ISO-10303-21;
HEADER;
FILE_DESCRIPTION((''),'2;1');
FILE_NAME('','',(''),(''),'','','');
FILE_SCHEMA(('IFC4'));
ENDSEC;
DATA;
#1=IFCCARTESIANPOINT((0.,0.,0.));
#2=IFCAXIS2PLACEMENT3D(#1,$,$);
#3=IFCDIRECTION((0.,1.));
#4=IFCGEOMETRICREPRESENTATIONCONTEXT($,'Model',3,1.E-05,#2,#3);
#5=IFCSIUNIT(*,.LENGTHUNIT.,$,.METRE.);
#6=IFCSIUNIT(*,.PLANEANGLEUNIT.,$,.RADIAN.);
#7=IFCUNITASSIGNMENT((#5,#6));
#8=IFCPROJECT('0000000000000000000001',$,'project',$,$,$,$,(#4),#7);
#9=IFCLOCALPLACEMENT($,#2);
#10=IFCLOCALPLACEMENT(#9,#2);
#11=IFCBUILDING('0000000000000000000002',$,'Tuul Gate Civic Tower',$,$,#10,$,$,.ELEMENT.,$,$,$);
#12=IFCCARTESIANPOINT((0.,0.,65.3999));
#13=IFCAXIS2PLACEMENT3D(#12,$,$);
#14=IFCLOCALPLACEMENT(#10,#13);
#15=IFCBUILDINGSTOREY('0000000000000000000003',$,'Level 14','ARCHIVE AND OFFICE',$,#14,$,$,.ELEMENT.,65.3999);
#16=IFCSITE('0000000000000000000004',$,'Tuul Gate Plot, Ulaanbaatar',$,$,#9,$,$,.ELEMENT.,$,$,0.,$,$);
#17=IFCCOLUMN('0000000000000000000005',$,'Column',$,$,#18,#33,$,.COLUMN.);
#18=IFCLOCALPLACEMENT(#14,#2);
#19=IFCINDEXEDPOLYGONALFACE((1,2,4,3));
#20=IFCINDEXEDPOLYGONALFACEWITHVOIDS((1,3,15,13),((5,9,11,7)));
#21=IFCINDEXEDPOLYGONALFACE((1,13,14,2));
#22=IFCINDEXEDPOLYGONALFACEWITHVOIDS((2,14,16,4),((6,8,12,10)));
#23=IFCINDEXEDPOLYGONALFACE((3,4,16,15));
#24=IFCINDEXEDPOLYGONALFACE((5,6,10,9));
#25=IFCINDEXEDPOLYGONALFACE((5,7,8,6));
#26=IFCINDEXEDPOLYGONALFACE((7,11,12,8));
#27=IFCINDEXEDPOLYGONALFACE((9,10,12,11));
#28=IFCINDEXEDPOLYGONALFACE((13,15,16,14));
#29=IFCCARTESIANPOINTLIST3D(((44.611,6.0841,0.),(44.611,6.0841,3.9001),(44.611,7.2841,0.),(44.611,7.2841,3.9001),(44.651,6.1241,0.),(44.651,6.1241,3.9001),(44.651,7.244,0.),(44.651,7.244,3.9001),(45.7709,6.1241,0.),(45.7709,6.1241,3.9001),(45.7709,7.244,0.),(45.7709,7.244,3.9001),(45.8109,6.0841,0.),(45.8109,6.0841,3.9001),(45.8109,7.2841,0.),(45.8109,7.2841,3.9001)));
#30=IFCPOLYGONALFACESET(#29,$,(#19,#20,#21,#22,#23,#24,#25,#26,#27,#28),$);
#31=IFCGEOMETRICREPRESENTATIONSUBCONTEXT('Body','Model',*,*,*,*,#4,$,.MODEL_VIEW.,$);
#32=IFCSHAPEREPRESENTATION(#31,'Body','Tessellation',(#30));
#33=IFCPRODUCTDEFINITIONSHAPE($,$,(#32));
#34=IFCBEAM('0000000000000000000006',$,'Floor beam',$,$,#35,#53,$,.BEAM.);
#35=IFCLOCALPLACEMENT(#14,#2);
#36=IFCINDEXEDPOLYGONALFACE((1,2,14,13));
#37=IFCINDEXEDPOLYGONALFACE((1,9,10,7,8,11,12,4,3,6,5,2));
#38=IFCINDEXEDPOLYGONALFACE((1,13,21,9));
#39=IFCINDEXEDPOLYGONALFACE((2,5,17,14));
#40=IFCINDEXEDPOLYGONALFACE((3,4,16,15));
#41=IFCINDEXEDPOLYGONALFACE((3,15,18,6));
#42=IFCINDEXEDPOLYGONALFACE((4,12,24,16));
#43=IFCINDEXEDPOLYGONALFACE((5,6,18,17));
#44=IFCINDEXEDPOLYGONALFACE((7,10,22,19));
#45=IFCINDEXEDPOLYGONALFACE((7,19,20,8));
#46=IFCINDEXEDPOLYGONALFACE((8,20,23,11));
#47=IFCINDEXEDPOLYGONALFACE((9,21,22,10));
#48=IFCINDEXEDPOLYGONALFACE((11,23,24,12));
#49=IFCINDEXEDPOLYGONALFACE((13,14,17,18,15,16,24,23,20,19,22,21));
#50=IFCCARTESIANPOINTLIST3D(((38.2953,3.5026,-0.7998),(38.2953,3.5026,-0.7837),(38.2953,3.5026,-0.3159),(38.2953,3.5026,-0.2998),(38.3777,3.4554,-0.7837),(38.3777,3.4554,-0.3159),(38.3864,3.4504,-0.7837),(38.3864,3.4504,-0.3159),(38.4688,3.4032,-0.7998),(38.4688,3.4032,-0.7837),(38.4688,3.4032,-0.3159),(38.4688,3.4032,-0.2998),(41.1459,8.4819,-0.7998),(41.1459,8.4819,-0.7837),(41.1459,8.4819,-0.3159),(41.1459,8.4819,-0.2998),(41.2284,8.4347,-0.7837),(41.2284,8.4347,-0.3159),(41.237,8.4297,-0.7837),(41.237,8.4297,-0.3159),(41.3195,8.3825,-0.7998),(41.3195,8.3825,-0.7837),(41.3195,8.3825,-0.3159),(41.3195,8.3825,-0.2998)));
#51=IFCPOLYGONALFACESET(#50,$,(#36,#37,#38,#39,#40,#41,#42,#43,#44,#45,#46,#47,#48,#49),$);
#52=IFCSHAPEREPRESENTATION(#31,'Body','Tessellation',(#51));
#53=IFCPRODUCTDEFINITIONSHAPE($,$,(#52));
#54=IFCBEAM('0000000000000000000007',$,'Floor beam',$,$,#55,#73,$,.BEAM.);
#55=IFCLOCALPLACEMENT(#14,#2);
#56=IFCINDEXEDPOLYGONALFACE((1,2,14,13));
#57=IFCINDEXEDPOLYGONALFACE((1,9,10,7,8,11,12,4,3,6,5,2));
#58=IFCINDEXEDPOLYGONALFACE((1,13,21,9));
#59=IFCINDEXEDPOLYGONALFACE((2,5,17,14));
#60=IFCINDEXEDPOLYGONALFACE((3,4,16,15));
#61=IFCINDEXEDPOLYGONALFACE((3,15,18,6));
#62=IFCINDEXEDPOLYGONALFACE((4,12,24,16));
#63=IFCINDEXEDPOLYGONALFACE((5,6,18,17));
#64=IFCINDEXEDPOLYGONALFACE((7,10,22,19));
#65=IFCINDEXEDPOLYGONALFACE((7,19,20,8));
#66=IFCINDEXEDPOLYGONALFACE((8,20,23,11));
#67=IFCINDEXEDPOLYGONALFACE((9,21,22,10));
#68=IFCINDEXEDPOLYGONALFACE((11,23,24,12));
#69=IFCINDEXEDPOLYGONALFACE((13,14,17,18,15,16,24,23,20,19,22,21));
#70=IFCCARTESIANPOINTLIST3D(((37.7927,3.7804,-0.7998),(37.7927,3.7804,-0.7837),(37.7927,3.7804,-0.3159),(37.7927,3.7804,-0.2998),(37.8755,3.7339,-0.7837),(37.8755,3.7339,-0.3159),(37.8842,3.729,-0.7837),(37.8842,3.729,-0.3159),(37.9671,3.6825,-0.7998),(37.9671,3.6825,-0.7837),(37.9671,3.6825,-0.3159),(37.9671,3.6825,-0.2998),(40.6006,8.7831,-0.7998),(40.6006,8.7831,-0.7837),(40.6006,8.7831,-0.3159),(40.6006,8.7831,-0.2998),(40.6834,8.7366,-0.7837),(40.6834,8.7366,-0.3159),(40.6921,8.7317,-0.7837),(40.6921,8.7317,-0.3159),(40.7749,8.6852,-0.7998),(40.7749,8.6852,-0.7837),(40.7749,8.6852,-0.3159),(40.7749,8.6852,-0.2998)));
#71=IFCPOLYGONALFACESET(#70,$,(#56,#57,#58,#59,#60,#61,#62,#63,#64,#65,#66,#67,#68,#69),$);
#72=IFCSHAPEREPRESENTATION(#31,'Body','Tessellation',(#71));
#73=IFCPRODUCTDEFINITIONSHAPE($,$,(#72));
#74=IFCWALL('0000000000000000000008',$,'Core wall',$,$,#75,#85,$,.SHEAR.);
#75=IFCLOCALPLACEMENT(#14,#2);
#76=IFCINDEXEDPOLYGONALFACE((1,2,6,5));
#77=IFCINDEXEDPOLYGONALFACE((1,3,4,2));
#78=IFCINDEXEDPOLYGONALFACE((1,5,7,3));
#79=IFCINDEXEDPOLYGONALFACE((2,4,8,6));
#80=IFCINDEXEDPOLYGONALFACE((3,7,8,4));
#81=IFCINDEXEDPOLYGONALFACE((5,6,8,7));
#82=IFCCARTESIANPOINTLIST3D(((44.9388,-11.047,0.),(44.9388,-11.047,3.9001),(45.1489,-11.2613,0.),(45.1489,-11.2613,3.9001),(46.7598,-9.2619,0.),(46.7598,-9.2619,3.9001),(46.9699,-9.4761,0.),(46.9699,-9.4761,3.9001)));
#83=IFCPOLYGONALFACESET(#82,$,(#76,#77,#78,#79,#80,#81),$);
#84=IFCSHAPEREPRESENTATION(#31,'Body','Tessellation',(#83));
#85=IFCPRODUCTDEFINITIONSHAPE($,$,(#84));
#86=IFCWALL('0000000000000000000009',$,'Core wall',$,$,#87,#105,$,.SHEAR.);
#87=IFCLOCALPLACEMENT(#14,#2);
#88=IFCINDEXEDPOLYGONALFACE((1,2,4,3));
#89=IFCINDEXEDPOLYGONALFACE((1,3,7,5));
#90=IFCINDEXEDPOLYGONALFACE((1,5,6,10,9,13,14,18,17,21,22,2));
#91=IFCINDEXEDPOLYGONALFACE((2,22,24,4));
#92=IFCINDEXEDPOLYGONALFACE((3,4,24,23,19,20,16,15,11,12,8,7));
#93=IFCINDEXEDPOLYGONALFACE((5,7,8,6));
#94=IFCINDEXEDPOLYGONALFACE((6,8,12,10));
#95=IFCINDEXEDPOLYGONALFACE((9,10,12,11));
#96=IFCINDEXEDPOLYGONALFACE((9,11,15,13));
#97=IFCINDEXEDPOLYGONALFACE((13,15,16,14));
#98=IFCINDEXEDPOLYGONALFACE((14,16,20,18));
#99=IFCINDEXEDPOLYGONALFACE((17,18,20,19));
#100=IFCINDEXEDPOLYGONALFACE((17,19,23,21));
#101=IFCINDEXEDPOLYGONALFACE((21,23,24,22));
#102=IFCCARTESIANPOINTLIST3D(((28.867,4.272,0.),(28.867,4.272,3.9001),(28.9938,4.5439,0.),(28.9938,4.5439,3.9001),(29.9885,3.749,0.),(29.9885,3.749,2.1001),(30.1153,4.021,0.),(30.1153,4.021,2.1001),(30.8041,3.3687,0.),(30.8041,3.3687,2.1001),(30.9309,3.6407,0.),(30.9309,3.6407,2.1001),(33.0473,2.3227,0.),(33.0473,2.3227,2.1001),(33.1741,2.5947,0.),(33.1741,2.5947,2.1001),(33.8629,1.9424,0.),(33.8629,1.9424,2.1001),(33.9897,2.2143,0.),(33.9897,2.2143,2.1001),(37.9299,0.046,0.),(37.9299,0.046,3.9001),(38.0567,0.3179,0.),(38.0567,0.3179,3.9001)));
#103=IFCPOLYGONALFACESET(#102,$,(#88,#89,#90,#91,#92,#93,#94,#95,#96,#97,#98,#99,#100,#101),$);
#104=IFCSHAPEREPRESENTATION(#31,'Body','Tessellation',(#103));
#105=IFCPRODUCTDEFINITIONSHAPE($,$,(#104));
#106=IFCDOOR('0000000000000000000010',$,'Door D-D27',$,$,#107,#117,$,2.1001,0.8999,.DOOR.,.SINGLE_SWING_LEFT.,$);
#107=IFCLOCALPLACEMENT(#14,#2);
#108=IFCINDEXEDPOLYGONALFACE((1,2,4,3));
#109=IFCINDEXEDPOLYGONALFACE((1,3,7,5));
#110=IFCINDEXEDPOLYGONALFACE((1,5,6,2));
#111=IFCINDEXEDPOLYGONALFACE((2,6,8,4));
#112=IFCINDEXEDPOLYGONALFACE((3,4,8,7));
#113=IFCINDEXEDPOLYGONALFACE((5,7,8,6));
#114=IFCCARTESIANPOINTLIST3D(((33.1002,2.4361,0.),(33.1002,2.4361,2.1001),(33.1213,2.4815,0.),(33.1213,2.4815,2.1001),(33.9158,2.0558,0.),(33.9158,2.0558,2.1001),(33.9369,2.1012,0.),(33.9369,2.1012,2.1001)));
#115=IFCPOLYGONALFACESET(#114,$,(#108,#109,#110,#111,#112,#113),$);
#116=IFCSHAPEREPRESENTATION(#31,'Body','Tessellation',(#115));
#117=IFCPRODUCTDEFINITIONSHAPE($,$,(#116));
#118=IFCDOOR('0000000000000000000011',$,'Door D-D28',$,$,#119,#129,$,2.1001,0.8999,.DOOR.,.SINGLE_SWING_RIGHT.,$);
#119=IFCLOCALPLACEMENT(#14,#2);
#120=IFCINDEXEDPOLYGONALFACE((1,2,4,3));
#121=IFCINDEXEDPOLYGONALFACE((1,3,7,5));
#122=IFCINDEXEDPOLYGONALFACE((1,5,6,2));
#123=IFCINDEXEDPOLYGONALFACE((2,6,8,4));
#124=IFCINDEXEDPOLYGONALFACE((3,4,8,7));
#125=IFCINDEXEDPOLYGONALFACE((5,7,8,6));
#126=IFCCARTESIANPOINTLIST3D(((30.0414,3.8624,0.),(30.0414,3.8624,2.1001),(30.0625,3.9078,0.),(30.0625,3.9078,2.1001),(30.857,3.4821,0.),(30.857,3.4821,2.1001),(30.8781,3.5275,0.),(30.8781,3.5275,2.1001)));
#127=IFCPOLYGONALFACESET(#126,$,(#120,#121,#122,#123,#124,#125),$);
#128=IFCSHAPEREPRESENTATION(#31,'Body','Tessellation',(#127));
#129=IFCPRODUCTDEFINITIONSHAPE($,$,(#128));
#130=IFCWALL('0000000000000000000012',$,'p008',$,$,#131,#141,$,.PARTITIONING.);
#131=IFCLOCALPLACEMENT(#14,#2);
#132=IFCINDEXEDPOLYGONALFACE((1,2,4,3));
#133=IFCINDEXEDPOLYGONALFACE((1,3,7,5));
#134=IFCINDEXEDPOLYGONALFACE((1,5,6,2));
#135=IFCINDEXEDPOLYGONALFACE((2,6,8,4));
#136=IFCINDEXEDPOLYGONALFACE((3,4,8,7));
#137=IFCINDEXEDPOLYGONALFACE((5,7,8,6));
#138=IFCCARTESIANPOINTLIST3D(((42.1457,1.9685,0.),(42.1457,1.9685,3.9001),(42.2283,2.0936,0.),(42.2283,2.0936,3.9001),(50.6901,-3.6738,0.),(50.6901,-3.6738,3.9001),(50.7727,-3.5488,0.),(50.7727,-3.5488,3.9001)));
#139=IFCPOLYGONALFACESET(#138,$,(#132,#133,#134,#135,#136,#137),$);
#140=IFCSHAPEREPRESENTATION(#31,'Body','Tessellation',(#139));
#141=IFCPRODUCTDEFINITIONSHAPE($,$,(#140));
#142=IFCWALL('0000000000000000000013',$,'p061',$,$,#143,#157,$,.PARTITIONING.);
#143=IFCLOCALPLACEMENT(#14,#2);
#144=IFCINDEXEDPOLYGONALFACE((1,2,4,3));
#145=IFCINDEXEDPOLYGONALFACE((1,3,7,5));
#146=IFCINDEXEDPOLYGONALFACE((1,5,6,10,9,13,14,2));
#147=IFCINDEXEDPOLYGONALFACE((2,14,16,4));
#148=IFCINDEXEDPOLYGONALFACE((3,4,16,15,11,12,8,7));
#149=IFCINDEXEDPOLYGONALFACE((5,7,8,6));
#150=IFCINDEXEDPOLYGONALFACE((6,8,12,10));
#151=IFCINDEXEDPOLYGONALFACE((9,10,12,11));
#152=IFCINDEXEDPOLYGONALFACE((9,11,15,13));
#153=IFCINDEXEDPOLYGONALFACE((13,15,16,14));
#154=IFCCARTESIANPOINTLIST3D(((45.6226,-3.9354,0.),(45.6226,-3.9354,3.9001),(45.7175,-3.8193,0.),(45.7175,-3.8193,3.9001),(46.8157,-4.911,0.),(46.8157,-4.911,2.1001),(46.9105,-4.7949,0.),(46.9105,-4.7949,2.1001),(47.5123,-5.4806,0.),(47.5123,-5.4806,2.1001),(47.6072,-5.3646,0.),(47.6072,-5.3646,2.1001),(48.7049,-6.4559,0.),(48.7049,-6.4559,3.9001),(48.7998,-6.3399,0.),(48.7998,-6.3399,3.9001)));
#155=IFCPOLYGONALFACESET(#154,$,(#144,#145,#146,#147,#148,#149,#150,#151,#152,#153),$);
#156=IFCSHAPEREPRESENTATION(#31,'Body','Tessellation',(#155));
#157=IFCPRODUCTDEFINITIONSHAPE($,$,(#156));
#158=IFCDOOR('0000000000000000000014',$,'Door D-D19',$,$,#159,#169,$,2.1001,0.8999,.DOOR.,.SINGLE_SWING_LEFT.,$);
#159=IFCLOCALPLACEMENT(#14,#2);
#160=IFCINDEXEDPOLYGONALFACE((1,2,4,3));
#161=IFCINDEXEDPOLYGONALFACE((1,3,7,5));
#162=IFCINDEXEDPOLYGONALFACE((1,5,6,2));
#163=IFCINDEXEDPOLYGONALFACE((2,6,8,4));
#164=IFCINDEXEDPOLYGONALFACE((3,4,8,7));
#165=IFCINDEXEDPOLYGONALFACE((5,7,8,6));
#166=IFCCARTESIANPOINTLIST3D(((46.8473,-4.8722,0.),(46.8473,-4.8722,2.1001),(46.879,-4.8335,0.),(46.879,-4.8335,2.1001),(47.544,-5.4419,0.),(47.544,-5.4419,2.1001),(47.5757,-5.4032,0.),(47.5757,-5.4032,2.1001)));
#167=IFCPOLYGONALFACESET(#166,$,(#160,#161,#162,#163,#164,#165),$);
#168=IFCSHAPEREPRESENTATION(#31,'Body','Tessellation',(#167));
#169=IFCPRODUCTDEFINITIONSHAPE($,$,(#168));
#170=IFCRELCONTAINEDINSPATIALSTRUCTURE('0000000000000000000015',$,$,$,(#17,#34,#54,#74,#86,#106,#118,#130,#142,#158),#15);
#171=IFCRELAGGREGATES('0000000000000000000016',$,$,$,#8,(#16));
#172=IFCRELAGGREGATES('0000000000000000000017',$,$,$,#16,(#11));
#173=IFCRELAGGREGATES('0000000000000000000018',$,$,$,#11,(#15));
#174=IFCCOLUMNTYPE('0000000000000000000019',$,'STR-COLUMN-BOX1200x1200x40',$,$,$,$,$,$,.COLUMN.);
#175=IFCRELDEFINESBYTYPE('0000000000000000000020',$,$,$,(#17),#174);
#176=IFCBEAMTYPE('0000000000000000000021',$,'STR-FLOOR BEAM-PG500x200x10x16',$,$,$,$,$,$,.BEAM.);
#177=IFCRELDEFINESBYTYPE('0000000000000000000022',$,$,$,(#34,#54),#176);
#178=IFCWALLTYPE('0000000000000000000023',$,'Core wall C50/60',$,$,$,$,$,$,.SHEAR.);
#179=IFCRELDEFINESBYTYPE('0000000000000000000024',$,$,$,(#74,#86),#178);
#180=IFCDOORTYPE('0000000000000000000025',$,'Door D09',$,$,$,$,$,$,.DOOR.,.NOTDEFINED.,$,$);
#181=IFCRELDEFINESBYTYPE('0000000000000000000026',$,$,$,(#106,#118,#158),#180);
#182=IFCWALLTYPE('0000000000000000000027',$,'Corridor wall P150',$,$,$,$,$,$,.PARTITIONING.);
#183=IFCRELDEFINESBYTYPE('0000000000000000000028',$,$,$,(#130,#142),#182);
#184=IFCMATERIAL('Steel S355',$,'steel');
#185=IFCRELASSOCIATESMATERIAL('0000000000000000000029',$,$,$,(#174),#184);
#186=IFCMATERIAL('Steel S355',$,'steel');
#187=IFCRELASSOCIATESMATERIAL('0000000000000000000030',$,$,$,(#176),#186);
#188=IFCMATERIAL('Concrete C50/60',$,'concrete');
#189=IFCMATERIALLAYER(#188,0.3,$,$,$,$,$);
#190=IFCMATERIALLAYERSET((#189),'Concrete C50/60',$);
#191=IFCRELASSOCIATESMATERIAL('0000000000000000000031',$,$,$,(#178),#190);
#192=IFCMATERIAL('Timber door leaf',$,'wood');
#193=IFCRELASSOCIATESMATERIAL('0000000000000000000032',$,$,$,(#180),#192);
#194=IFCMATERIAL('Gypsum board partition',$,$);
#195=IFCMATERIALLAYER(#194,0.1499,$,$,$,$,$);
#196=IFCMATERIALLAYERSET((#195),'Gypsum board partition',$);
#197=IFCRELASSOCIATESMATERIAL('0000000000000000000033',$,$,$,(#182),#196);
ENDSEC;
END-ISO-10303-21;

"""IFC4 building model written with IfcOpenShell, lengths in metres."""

from ifc_helpers import new_model, si_unit, direction, frame, frame_2d, origin, origin_2d, place, context, subcontext, project, spatial, rectangle, hollow_rectangle, i_section, extrude, material, layer, layer_set, material_profile, profile_set, type_object, element, fill, save


model = new_model("IFC4")

# Units and contexts
model_context = context("Model", 3, precision=1e-05, world=origin(), true_north=direction((0.0, 1.0)))
body_context = subcontext(model_context, "Body", "Model", "MODEL_VIEW")
ifc_project = project(units=[si_unit("LENGTHUNIT", "METRE"), si_unit("PLANEANGLEUNIT", "RADIAN")], contexts=[model_context])

# Site, building, storey
site_placement = place(None, origin())
site = spatial("IfcSite", under=ifc_project, at=site_placement, Name="Tuul Gate Plot, Ulaanbaatar", CompositionType="ELEMENT", RefElevation=0.0)
building_placement = place(site_placement, origin())
building = spatial("IfcBuilding", under=site, at=building_placement, Name="Tuul Gate Civic Tower", CompositionType="ELEMENT")
storey_placement = place(building_placement, frame((0.0, 0.0, 65.3999)))
storey = spatial("IfcBuildingStorey", under=building, at=storey_placement, Name="Level 14", Description="ARCHIVE AND OFFICE", CompositionType="ELEMENT", Elevation=65.3999)

# Column
ifc_material_1 = material(Name="Steel S355", Category="steel")
ifc_material_profile_1 = material_profile(ifc_material_1, hollow_rectangle(XDim=1.2, YDim=1.2, WallThickness=0.04, at=origin_2d()), Name="BOX1200x1200x40")
ifc_profile_set_1 = profile_set([ifc_material_profile_1], Name="Steel S355")
column_type = type_object("IfcColumnType", Name="STR-COLUMN-BOX1200x1200x40", PredefinedType="COLUMN", material=ifc_profile_set_1)
column_placement = place(storey_placement, frame((45.2109, 6.6841, 0.0), z_axis=(0.0, 0.0, 1.0), x_axis=(1.0, 0.0, 0.0)))
element("IfcColumn", 1, at=column_placement, inside=storey, type_object=column_type, Name="Column", PredefinedType="COLUMN", context=body_context, shape_type="SweptSolid", body=[
    extrude(hollow_rectangle(XDim=1.2, YDim=1.2, WallThickness=0.04, at=origin_2d()), origin(), (0.0, 0.0, 1.0), 3.9001),
])

# Beams
ifc_material_2 = material(Name="Steel S355", Category="steel")
ifc_material_profile_2 = material_profile(ifc_material_2, i_section(OverallWidth=0.2, OverallDepth=0.5, WebThickness=0.01, FlangeThickness=0.0161, at=origin_2d()), Name="PG500x200x10x16")
ifc_profile_set_2 = profile_set([ifc_material_profile_2], Name="Steel S355")
beam_type = type_object("IfcBeamType", Name="STR-FLOOR BEAM-PG500x200x10x16", PredefinedType="BEAM", material=ifc_profile_set_2)
beam_1_placement = place(storey_placement, frame((38.3821, 3.4529, -0.5498), z_axis=(0.496835, 0.867845, 0.0), x_axis=(-0.867845, 0.496835, 0.0)))
element("IfcBeam", 2, at=beam_1_placement, inside=storey, type_object=beam_type, Name="Floor beam", PredefinedType="BEAM", context=body_context, shape_type="SweptSolid", body=[
    extrude(i_section(OverallWidth=0.2, OverallDepth=0.5, WebThickness=0.01, FlangeThickness=0.0161, at=origin_2d()), origin(), (0.0, 0.0, 1.0), 5.7375),
])
beam_2_placement = place(storey_placement, frame((37.8799, 3.7314, -0.5498), z_axis=(0.489447, 0.872033, 0.0), x_axis=(-0.872033, 0.489447, 0.0)))
element("IfcBeam", 3, at=beam_2_placement, inside=storey, type_object=beam_type, Name="Floor beam", PredefinedType="BEAM", context=body_context, shape_type="SweptSolid", body=[
    extrude(i_section(OverallWidth=0.2, OverallDepth=0.5, WebThickness=0.01, FlangeThickness=0.0161, at=origin_2d()), origin(), (0.0, 0.0, 1.0), 5.7368),
])

# Wall
ifc_material_3 = material(Name="Concrete C50/60", Category="concrete")
ifc_layer_1 = layer(ifc_material_3, 0.3)
ifc_layer_set_1 = layer_set([ifc_layer_1], Name="Concrete C50/60")
wall_type_1 = type_object("IfcWallType", Name="Core wall C50/60", PredefinedType="SHEAR", material=ifc_layer_set_1)
wall_1_placement = place(storey_placement, frame((45.0439, -11.1541, 0.0), z_axis=(0.0, 0.0, 1.0), x_axis=(0.714108, 0.700035, 0.0)))
element("IfcWall", 4, at=wall_1_placement, inside=storey, type_object=wall_type_1, Name="Core wall", PredefinedType="SHEAR", context=body_context, shape_type="SweptSolid", body=[
    extrude(rectangle(XDim=2.55, YDim=0.3, at=frame_2d((1.2749, 0.0))), origin(), (0.0, 0.0, 1.0), 3.9001),
])

# Wall, openings, doors
wall_2_placement = place(storey_placement, frame((37.9934, 0.1819, 0.0), z_axis=(0.0, 0.0, 1.0), x_axis=(-0.90631, 0.422613, 0.0)))
wall_2 = element("IfcWall", 5, at=wall_2_placement, inside=storey, type_object=wall_type_1, Name="Core wall", PredefinedType="SHEAR", context=body_context, shape_type="SweptSolid", body=[
    extrude(rectangle(XDim=9.9998, YDim=0.3, at=frame_2d((5.0, 0.0))), origin(), (0.0, 0.0, 1.0), 3.9001),
])
opening_1_placement = place(wall_2_placement, frame((4.4875, 0.0, 0.0)))
opening_1 = element("IfcOpeningElement", 6, at=opening_1_placement, cuts=wall_2, PredefinedType="OPENING", context=body_context, shape_type="SweptSolid", body=[
    extrude(rectangle(XDim=0.8999, YDim=2.1001, at=frame_2d((0.45, 1.05))), frame((0.0, 0.1602, 0.0), z_axis=(0.0, -1.0, 0.0), x_axis=(1.0, 0.0, 0.0)), (0.0, 0.0, 1.0), 0.3201),
])
opening_2_placement = place(wall_2_placement, frame((7.8625, 0.0, 0.0)))
opening_2 = element("IfcOpeningElement", 7, at=opening_2_placement, cuts=wall_2, PredefinedType="OPENING", context=body_context, shape_type="SweptSolid", body=[
    extrude(rectangle(XDim=0.8999, YDim=2.1001, at=frame_2d((0.45, 1.05))), frame((0.0, 0.1602, 0.0), z_axis=(0.0, -1.0, 0.0), x_axis=(1.0, 0.0, 0.0)), (0.0, 0.0, 1.0), 0.3201),
])
ifc_material_4 = material(Name="Timber door leaf", Category="wood")
door_type_1 = type_object("IfcDoorType", Name="Door D09", OperationType="NOTDEFINED", PredefinedType="DOOR", material=ifc_material_4)
door_1_placement = place(opening_1_placement, origin())
door_1 = element("IfcDoor", 8, at=door_1_placement, inside=storey, type_object=door_type_1, Name="Door D-D27", OperationType="SINGLE_SWING_LEFT", OverallHeight=2.1001, OverallWidth=0.8999, PredefinedType="DOOR", context=body_context, shape_type="SweptSolid", body=[
    extrude(rectangle(XDim=0.8999, YDim=2.1001, at=frame_2d((0.45, 1.05))), frame((0.0, 0.0249, 0.0), z_axis=(0.0, -1.0, 0.0), x_axis=(1.0, 0.0, 0.0)), (0.0, 0.0, 1.0), 0.05),
])
fill(opening_1, door_1)
door_2_placement = place(opening_2_placement, origin())
door_2 = element("IfcDoor", 9, at=door_2_placement, inside=storey, type_object=door_type_1, Name="Door D-D28", OperationType="SINGLE_SWING_RIGHT", OverallHeight=2.1001, OverallWidth=0.8999, PredefinedType="DOOR", context=body_context, shape_type="SweptSolid", body=[
    extrude(rectangle(XDim=0.8999, YDim=2.1001, at=frame_2d((0.45, 1.05))), frame((0.0, 0.0249, 0.0), z_axis=(0.0, -1.0, 0.0), x_axis=(1.0, 0.0, 0.0)), (0.0, 0.0, 1.0), 0.05),
])
fill(opening_2, door_2)

# Wall
ifc_material_5 = material(Name="Gypsum board partition")
ifc_layer_2 = layer(ifc_material_5, 0.1499)
ifc_layer_set_2 = layer_set([ifc_layer_2], Name="Gypsum board partition")
wall_type_2 = type_object("IfcWallType", Name="Corridor wall P150", PredefinedType="PARTITIONING", material=ifc_layer_set_2)
wall_3_placement = place(storey_placement, frame((42.187, 2.031, 0.0), z_axis=(0.0, 0.0, 1.0), x_axis=(0.834474, -0.551047, 0.0)))
element("IfcWall", 10, at=wall_3_placement, inside=storey, type_object=wall_type_2, Name="p008", PredefinedType="PARTITIONING", context=body_context, shape_type="SweptSolid", body=[
    extrude(rectangle(XDim=10.2393, YDim=0.1499, at=frame_2d((5.1196, 0.0))), origin(), (0.0, 0.0, 1.0), 3.9001),
])

# Wall, opening, door
wall_4_placement = place(storey_placement, frame((45.6702, -3.8774, 0.0), z_axis=(0.0, 0.0, 1.0), x_axis=(0.774124, -0.633034, 0.0)))
wall_4 = element("IfcWall", 11, at=wall_4_placement, inside=storey, type_object=wall_type_2, Name="p061", PredefinedType="PARTITIONING", context=body_context, shape_type="SweptSolid", body=[
    extrude(rectangle(XDim=3.9817, YDim=0.1499, at=frame_2d((1.9907, 0.0))), origin(), (0.0, 0.0, 1.0), 3.9001),
])
opening_3_placement = place(wall_4_placement, frame((1.541, 0.0, 0.0)))
opening_3 = element("IfcOpeningElement", 12, at=opening_3_placement, cuts=wall_4, PredefinedType="OPENING", context=body_context, shape_type="SweptSolid", body=[
    extrude(rectangle(XDim=0.8999, YDim=2.1001, at=frame_2d((0.45, 1.05))), frame((0.0, 0.085, 0.0), z_axis=(0.0, -1.0, 0.0), x_axis=(1.0, 0.0, 0.0)), (0.0, 0.0, 1.0), 0.1699),
])
door_3_placement = place(opening_3_placement, frame((0.8999, 0.0, 0.0), z_axis=(0.0, 0.0, 1.0), x_axis=(-1.0, 0.0, 0.0)))
door_3 = element("IfcDoor", 13, at=door_3_placement, inside=storey, type_object=door_type_1, Name="Door D-D19", OperationType="SINGLE_SWING_LEFT", OverallHeight=2.1001, OverallWidth=0.8999, PredefinedType="DOOR", context=body_context, shape_type="SweptSolid", body=[
    extrude(rectangle(XDim=0.8999, YDim=2.1001, at=frame_2d((0.45, 1.05))), frame((0.0, 0.0249, 0.0), z_axis=(0.0, -1.0, 0.0), x_axis=(1.0, 0.0, 0.0)), (0.0, 0.0, 1.0), 0.05),
])
fill(opening_3, door_3)

save(model, "model.ifc")
